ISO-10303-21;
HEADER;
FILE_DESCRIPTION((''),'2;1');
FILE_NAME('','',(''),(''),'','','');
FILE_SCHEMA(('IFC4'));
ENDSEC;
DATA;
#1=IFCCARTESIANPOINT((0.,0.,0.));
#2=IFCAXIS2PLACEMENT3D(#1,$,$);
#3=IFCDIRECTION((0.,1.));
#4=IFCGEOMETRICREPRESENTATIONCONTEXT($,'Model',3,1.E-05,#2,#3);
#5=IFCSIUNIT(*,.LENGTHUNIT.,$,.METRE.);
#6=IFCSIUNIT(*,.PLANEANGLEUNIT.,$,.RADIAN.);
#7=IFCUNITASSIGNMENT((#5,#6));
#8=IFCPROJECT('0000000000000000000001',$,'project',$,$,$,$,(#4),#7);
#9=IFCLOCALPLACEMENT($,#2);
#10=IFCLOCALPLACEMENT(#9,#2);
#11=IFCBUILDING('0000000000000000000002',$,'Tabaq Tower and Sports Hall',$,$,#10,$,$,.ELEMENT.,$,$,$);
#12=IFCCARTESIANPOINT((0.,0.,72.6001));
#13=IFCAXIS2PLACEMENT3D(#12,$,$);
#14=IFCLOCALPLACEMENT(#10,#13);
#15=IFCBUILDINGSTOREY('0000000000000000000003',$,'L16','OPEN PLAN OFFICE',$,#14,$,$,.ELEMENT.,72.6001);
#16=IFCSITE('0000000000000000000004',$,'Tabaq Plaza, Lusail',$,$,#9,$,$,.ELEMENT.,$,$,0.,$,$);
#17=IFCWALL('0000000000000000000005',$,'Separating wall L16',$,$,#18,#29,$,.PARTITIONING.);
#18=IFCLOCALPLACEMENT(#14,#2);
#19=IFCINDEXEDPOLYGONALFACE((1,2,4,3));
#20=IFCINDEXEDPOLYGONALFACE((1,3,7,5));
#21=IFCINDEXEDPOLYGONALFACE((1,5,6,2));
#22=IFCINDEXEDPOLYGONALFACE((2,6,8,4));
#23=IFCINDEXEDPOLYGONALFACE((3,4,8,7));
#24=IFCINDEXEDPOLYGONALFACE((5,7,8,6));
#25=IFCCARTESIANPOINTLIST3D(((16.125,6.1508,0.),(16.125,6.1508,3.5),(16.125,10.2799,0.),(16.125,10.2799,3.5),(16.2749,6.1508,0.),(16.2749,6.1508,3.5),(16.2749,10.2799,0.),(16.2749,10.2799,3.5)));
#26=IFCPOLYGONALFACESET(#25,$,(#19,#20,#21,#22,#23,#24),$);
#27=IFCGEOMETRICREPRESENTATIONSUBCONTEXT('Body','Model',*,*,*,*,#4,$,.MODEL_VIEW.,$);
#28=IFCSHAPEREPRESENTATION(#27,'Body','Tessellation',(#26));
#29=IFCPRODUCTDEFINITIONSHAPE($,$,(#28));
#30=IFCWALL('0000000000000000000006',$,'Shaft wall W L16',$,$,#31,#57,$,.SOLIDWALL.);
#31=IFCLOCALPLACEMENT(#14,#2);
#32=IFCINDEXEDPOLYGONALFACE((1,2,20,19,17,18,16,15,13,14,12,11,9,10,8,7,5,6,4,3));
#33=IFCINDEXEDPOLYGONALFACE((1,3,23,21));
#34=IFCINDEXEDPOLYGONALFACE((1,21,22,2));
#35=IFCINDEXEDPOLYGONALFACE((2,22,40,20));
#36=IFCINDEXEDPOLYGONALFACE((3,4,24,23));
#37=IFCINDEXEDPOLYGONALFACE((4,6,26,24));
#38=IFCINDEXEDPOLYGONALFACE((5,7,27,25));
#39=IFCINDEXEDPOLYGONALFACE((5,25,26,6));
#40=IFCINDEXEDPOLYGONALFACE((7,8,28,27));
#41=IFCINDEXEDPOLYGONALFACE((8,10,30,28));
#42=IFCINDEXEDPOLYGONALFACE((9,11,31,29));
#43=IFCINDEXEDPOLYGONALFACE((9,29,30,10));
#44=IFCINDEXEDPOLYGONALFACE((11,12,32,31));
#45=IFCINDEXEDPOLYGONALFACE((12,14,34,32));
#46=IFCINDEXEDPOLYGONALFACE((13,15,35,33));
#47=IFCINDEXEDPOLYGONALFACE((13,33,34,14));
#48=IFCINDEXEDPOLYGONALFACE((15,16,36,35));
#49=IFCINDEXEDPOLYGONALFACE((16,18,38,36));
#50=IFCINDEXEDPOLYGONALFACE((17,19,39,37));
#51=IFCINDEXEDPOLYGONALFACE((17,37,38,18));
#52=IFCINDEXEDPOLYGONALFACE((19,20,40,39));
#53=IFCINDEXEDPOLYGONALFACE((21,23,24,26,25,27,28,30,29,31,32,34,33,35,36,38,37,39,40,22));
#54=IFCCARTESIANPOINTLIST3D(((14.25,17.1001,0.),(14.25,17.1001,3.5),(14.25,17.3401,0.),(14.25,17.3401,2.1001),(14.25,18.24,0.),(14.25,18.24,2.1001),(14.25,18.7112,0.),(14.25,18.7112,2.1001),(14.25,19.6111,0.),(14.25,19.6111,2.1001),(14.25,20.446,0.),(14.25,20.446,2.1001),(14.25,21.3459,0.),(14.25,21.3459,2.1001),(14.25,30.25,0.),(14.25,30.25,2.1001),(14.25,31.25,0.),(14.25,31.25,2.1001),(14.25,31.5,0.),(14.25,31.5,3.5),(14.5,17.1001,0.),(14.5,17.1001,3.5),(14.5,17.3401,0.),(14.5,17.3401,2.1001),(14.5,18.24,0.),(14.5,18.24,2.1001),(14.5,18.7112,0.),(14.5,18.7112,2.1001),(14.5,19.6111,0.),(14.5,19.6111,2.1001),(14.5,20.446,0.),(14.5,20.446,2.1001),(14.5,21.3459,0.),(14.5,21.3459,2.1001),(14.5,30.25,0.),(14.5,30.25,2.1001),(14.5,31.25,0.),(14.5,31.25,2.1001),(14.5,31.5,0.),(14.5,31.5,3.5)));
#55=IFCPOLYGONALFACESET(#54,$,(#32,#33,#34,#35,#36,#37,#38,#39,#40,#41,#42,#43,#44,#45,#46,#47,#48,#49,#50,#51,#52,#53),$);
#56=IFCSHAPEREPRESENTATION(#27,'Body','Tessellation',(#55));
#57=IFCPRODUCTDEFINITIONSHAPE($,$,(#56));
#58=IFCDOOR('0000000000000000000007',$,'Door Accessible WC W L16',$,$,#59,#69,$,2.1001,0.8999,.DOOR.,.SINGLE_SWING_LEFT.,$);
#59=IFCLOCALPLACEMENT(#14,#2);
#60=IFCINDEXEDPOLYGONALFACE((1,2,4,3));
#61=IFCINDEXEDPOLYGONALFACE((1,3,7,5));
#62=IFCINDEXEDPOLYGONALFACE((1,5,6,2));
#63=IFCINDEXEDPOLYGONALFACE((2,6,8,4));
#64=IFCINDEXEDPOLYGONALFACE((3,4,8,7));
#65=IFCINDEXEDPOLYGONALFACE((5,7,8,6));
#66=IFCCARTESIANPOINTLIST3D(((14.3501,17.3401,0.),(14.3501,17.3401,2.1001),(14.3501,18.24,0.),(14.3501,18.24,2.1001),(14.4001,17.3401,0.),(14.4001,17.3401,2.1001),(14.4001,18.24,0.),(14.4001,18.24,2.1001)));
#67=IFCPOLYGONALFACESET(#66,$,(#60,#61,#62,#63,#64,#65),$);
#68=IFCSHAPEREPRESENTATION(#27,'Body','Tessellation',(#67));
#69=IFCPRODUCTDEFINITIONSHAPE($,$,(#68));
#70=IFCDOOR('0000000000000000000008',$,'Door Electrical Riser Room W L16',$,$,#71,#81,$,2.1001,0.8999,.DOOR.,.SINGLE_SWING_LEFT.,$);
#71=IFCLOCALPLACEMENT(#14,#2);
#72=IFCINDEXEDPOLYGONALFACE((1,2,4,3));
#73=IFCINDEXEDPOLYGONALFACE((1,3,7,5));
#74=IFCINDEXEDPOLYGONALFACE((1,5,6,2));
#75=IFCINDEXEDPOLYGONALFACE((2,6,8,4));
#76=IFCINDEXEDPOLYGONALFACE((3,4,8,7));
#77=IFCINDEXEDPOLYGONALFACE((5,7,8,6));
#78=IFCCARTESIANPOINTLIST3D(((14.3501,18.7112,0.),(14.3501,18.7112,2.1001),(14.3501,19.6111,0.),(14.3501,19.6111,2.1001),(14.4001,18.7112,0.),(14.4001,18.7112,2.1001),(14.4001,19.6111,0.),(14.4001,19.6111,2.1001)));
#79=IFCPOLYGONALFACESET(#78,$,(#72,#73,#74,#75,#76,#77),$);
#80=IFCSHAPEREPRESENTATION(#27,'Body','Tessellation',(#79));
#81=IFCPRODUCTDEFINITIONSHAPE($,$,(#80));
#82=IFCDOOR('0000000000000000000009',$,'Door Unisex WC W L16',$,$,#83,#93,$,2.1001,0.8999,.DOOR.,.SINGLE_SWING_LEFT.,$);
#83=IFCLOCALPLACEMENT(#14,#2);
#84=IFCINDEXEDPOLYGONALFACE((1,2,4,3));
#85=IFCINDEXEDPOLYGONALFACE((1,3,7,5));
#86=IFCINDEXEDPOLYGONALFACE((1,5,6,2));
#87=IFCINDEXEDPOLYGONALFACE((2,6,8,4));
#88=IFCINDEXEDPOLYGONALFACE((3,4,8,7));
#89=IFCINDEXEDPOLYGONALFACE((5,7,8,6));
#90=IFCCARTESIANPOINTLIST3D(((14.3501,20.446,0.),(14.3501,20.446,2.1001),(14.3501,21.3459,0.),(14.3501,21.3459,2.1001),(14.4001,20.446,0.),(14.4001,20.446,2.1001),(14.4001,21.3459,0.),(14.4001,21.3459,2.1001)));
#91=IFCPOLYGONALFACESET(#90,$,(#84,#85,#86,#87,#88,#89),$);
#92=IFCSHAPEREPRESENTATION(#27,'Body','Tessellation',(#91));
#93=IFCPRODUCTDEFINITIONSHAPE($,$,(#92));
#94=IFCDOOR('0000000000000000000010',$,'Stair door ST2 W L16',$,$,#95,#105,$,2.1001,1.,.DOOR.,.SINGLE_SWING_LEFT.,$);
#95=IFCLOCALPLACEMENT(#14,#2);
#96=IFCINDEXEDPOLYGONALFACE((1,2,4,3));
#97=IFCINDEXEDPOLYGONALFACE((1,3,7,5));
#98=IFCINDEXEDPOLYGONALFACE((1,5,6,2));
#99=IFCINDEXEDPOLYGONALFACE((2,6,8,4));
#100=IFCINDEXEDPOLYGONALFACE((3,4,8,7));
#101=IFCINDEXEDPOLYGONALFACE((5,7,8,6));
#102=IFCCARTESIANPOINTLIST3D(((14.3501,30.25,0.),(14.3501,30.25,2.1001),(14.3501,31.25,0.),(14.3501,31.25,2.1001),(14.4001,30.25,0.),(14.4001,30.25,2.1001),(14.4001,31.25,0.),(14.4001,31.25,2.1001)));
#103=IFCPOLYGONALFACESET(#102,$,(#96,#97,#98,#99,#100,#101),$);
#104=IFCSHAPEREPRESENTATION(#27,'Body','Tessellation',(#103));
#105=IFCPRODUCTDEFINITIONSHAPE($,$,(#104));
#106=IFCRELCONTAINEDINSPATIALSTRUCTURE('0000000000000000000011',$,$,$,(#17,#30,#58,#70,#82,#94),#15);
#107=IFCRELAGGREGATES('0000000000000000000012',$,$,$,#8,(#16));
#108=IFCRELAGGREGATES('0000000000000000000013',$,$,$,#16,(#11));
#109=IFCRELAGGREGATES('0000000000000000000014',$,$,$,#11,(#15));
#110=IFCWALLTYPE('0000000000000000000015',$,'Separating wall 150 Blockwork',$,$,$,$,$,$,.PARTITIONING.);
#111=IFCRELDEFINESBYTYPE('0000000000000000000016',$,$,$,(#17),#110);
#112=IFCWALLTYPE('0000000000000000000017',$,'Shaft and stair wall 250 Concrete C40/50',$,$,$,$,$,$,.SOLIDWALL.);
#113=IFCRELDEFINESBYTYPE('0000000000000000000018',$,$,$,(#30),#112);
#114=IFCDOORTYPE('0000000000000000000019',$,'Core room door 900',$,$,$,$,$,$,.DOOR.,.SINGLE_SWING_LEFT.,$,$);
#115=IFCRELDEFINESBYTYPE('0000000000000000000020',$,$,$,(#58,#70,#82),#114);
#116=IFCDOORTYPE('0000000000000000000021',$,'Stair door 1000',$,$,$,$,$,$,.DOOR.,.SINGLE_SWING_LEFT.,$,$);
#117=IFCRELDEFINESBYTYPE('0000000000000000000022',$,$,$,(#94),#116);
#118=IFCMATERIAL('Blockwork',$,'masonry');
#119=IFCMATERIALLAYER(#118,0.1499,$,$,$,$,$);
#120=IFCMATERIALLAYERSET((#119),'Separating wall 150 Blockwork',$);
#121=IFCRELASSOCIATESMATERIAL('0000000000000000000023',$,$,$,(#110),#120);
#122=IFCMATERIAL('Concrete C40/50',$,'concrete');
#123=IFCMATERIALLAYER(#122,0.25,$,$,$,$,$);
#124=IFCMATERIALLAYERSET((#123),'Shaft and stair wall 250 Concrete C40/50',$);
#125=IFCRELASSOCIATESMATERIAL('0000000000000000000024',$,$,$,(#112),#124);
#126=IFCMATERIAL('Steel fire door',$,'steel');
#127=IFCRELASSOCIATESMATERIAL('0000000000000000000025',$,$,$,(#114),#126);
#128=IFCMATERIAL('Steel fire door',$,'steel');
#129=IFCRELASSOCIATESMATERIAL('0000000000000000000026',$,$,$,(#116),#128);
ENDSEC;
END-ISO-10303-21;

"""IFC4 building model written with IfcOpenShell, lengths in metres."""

from ifc_helpers import new_model, si_unit, direction, frame, frame_2d, origin, place, context, subcontext, project, spatial, rectangle, extrude, material, layer, layer_set, type_object, element, fill, save


model = new_model("IFC4")

# Units and contexts
model_context = context("Model", 3, precision=1e-05, world=origin(), true_north=direction((0.0, 1.0)))
body_context = subcontext(model_context, "Body", "Model", "MODEL_VIEW")
ifc_project = project(units=[si_unit("LENGTHUNIT", "METRE"), si_unit("PLANEANGLEUNIT", "RADIAN")], contexts=[model_context])

# Site, building, storey
site_placement = place(None, origin())
site = spatial("IfcSite", under=ifc_project, at=site_placement, Name="Tabaq Plaza, Lusail", CompositionType="ELEMENT", RefElevation=0.0)
building_placement = place(site_placement, origin())
building = spatial("IfcBuilding", under=site, at=building_placement, Name="Tabaq Tower and Sports Hall", CompositionType="ELEMENT")
storey_placement = place(building_placement, frame((0.0, 0.0, 72.6001)))
storey = spatial("IfcBuildingStorey", under=building, at=storey_placement, Name="L16", Description="OPEN PLAN OFFICE", CompositionType="ELEMENT", Elevation=72.6001)

# Wall
ifc_material_1 = material(Name="Blockwork", Category="masonry")
ifc_layer_1 = layer(ifc_material_1, 0.1499)
ifc_layer_set_1 = layer_set([ifc_layer_1], Name="Separating wall 150 Blockwork")
wall_type_1 = type_object("IfcWallType", Name="Separating wall 150 Blockwork", PredefinedType="PARTITIONING", material=ifc_layer_set_1)
wall_1_placement = place(storey_placement, frame((16.2, 6.1509, 0.0), z_axis=(0.0, 0.0, 1.0), x_axis=(0.0, 1.0, 0.0)))
element("IfcWall", 1, at=wall_1_placement, inside=storey, type_object=wall_type_1, Name="Separating wall L16", PredefinedType="PARTITIONING", context=body_context, shape_type="SweptSolid", body=[
    extrude(rectangle(XDim=4.1292, YDim=0.1499, at=frame_2d((2.0645, 0.0))), origin(), (0.0, 0.0, 1.0), 3.5),
])

# Wall, openings, doors
ifc_material_2 = material(Name="Concrete C40/50", Category="concrete")
ifc_layer_2 = layer(ifc_material_2, 0.25)
ifc_layer_set_2 = layer_set([ifc_layer_2], Name="Shaft and stair wall 250 Concrete C40/50")
wall_type_2 = type_object("IfcWallType", Name="Shaft and stair wall 250 Concrete C40/50", PredefinedType="SOLIDWALL", material=ifc_layer_set_2)
wall_2_placement = place(storey_placement, frame((14.375, 17.1001, 0.0), z_axis=(0.0, 0.0, 1.0), x_axis=(0.0, 1.0, 0.0)))
wall_2 = element("IfcWall", 2, at=wall_2_placement, inside=storey, type_object=wall_type_2, Name="Shaft wall W L16", PredefinedType="SOLIDWALL", context=body_context, shape_type="SweptSolid", body=[
    extrude(rectangle(XDim=14.3999, YDim=0.25, at=frame_2d((7.2, 0.0))), origin(), (0.0, 0.0, 1.0), 3.5),
])
opening_1_placement = place(wall_2_placement, frame((13.1499, 0.0, 0.0)))
opening_1 = element("IfcOpeningElement", 3, at=opening_1_placement, cuts=wall_2, PredefinedType="OPENING", context=body_context, shape_type="SweptSolid", body=[
    extrude(rectangle(XDim=1.0, YDim=2.1001, at=frame_2d((0.5, 1.05))), frame((0.0, 0.125, 0.0), z_axis=(0.0, -1.0, 0.0), x_axis=(1.0, 0.0, 0.0)), (0.0, 0.0, 1.0), 0.25),
])
opening_2_placement = place(wall_2_placement, frame((0.24, 0.0, 0.0)))
opening_2 = element("IfcOpeningElement", 4, at=opening_2_placement, cuts=wall_2, PredefinedType="OPENING", context=body_context, shape_type="SweptSolid", body=[
    extrude(rectangle(XDim=0.8999, YDim=2.1001, at=frame_2d((0.45, 1.05))), frame((0.0, 0.125, 0.0), z_axis=(0.0, -1.0, 0.0), x_axis=(1.0, 0.0, 0.0)), (0.0, 0.0, 1.0), 0.25),
])
opening_3_placement = place(wall_2_placement, frame((1.6111, 0.0, 0.0)))
opening_3 = element("IfcOpeningElement", 5, at=opening_3_placement, cuts=wall_2, PredefinedType="OPENING", context=body_context, shape_type="SweptSolid", body=[
    extrude(rectangle(XDim=0.8999, YDim=2.1001, at=frame_2d((0.45, 1.05))), frame((0.0, 0.125, 0.0), z_axis=(0.0, -1.0, 0.0), x_axis=(1.0, 0.0, 0.0)), (0.0, 0.0, 1.0), 0.25),
])
opening_4_placement = place(wall_2_placement, frame((3.3459, 0.0, 0.0)))
opening_4 = element("IfcOpeningElement", 6, at=opening_4_placement, cuts=wall_2, PredefinedType="OPENING", context=body_context, shape_type="SweptSolid", body=[
    extrude(rectangle(XDim=0.8999, YDim=2.1001, at=frame_2d((0.45, 1.05))), frame((0.0, 0.125, 0.0), z_axis=(0.0, -1.0, 0.0), x_axis=(1.0, 0.0, 0.0)), (0.0, 0.0, 1.0), 0.25),
])
ifc_material_3 = material(Name="Steel fire door", Category="steel")
door_type_1 = type_object("IfcDoorType", Name="Core room door 900", OperationType="SINGLE_SWING_LEFT", PredefinedType="DOOR", material=ifc_material_3)
door_1_placement = place(opening_2_placement, origin())
door_1 = element("IfcDoor", 7, at=door_1_placement, inside=storey, type_object=door_type_1, Name="Door Accessible WC W L16", OperationType="SINGLE_SWING_LEFT", OverallHeight=2.1001, OverallWidth=0.8999, PredefinedType="DOOR", context=body_context, shape_type="SweptSolid", body=[
    extrude(rectangle(XDim=0.8999, YDim=2.1001, at=frame_2d((0.45, 1.05))), frame((0.0, 0.0249, 0.0), z_axis=(0.0, -1.0, 0.0), x_axis=(1.0, 0.0, 0.0)), (0.0, 0.0, 1.0), 0.05),
])
fill(opening_2, door_1)
door_2_placement = place(opening_3_placement, origin())
door_2 = element("IfcDoor", 8, at=door_2_placement, inside=storey, type_object=door_type_1, Name="Door Electrical Riser Room W L16", OperationType="SINGLE_SWING_LEFT", OverallHeight=2.1001, OverallWidth=0.8999, PredefinedType="DOOR", context=body_context, shape_type="SweptSolid", body=[
    extrude(rectangle(XDim=0.8999, YDim=2.1001, at=frame_2d((0.45, 1.05))), frame((0.0, 0.0249, 0.0), z_axis=(0.0, -1.0, 0.0), x_axis=(1.0, 0.0, 0.0)), (0.0, 0.0, 1.0), 0.05),
])
fill(opening_3, door_2)
door_3_placement = place(opening_4_placement, origin())
door_3 = element("IfcDoor", 9, at=door_3_placement, inside=storey, type_object=door_type_1, Name="Door Unisex WC W L16", OperationType="SINGLE_SWING_LEFT", OverallHeight=2.1001, OverallWidth=0.8999, PredefinedType="DOOR", context=body_context, shape_type="SweptSolid", body=[
    extrude(rectangle(XDim=0.8999, YDim=2.1001, at=frame_2d((0.45, 1.05))), frame((0.0, 0.0249, 0.0), z_axis=(0.0, -1.0, 0.0), x_axis=(1.0, 0.0, 0.0)), (0.0, 0.0, 1.0), 0.05),
])
fill(opening_4, door_3)
ifc_material_4 = material(Name="Steel fire door", Category="steel")
door_type_2 = type_object("IfcDoorType", Name="Stair door 1000", OperationType="SINGLE_SWING_LEFT", PredefinedType="DOOR", material=ifc_material_4)
door_4_placement = place(opening_1_placement, origin())
door_4 = element("IfcDoor", 10, at=door_4_placement, inside=storey, type_object=door_type_2, Name="Stair door ST2 W L16", OperationType="SINGLE_SWING_LEFT", OverallHeight=2.1001, OverallWidth=1.0, PredefinedType="DOOR", context=body_context, shape_type="SweptSolid", body=[
    extrude(rectangle(XDim=1.0, YDim=2.1001, at=frame_2d((0.5, 1.05))), frame((0.0, 0.0249, 0.0), z_axis=(0.0, -1.0, 0.0), x_axis=(1.0, 0.0, 0.0)), (0.0, 0.0, 1.0), 0.05),
])
fill(opening_1, door_4)

save(model, "model.ifc")
